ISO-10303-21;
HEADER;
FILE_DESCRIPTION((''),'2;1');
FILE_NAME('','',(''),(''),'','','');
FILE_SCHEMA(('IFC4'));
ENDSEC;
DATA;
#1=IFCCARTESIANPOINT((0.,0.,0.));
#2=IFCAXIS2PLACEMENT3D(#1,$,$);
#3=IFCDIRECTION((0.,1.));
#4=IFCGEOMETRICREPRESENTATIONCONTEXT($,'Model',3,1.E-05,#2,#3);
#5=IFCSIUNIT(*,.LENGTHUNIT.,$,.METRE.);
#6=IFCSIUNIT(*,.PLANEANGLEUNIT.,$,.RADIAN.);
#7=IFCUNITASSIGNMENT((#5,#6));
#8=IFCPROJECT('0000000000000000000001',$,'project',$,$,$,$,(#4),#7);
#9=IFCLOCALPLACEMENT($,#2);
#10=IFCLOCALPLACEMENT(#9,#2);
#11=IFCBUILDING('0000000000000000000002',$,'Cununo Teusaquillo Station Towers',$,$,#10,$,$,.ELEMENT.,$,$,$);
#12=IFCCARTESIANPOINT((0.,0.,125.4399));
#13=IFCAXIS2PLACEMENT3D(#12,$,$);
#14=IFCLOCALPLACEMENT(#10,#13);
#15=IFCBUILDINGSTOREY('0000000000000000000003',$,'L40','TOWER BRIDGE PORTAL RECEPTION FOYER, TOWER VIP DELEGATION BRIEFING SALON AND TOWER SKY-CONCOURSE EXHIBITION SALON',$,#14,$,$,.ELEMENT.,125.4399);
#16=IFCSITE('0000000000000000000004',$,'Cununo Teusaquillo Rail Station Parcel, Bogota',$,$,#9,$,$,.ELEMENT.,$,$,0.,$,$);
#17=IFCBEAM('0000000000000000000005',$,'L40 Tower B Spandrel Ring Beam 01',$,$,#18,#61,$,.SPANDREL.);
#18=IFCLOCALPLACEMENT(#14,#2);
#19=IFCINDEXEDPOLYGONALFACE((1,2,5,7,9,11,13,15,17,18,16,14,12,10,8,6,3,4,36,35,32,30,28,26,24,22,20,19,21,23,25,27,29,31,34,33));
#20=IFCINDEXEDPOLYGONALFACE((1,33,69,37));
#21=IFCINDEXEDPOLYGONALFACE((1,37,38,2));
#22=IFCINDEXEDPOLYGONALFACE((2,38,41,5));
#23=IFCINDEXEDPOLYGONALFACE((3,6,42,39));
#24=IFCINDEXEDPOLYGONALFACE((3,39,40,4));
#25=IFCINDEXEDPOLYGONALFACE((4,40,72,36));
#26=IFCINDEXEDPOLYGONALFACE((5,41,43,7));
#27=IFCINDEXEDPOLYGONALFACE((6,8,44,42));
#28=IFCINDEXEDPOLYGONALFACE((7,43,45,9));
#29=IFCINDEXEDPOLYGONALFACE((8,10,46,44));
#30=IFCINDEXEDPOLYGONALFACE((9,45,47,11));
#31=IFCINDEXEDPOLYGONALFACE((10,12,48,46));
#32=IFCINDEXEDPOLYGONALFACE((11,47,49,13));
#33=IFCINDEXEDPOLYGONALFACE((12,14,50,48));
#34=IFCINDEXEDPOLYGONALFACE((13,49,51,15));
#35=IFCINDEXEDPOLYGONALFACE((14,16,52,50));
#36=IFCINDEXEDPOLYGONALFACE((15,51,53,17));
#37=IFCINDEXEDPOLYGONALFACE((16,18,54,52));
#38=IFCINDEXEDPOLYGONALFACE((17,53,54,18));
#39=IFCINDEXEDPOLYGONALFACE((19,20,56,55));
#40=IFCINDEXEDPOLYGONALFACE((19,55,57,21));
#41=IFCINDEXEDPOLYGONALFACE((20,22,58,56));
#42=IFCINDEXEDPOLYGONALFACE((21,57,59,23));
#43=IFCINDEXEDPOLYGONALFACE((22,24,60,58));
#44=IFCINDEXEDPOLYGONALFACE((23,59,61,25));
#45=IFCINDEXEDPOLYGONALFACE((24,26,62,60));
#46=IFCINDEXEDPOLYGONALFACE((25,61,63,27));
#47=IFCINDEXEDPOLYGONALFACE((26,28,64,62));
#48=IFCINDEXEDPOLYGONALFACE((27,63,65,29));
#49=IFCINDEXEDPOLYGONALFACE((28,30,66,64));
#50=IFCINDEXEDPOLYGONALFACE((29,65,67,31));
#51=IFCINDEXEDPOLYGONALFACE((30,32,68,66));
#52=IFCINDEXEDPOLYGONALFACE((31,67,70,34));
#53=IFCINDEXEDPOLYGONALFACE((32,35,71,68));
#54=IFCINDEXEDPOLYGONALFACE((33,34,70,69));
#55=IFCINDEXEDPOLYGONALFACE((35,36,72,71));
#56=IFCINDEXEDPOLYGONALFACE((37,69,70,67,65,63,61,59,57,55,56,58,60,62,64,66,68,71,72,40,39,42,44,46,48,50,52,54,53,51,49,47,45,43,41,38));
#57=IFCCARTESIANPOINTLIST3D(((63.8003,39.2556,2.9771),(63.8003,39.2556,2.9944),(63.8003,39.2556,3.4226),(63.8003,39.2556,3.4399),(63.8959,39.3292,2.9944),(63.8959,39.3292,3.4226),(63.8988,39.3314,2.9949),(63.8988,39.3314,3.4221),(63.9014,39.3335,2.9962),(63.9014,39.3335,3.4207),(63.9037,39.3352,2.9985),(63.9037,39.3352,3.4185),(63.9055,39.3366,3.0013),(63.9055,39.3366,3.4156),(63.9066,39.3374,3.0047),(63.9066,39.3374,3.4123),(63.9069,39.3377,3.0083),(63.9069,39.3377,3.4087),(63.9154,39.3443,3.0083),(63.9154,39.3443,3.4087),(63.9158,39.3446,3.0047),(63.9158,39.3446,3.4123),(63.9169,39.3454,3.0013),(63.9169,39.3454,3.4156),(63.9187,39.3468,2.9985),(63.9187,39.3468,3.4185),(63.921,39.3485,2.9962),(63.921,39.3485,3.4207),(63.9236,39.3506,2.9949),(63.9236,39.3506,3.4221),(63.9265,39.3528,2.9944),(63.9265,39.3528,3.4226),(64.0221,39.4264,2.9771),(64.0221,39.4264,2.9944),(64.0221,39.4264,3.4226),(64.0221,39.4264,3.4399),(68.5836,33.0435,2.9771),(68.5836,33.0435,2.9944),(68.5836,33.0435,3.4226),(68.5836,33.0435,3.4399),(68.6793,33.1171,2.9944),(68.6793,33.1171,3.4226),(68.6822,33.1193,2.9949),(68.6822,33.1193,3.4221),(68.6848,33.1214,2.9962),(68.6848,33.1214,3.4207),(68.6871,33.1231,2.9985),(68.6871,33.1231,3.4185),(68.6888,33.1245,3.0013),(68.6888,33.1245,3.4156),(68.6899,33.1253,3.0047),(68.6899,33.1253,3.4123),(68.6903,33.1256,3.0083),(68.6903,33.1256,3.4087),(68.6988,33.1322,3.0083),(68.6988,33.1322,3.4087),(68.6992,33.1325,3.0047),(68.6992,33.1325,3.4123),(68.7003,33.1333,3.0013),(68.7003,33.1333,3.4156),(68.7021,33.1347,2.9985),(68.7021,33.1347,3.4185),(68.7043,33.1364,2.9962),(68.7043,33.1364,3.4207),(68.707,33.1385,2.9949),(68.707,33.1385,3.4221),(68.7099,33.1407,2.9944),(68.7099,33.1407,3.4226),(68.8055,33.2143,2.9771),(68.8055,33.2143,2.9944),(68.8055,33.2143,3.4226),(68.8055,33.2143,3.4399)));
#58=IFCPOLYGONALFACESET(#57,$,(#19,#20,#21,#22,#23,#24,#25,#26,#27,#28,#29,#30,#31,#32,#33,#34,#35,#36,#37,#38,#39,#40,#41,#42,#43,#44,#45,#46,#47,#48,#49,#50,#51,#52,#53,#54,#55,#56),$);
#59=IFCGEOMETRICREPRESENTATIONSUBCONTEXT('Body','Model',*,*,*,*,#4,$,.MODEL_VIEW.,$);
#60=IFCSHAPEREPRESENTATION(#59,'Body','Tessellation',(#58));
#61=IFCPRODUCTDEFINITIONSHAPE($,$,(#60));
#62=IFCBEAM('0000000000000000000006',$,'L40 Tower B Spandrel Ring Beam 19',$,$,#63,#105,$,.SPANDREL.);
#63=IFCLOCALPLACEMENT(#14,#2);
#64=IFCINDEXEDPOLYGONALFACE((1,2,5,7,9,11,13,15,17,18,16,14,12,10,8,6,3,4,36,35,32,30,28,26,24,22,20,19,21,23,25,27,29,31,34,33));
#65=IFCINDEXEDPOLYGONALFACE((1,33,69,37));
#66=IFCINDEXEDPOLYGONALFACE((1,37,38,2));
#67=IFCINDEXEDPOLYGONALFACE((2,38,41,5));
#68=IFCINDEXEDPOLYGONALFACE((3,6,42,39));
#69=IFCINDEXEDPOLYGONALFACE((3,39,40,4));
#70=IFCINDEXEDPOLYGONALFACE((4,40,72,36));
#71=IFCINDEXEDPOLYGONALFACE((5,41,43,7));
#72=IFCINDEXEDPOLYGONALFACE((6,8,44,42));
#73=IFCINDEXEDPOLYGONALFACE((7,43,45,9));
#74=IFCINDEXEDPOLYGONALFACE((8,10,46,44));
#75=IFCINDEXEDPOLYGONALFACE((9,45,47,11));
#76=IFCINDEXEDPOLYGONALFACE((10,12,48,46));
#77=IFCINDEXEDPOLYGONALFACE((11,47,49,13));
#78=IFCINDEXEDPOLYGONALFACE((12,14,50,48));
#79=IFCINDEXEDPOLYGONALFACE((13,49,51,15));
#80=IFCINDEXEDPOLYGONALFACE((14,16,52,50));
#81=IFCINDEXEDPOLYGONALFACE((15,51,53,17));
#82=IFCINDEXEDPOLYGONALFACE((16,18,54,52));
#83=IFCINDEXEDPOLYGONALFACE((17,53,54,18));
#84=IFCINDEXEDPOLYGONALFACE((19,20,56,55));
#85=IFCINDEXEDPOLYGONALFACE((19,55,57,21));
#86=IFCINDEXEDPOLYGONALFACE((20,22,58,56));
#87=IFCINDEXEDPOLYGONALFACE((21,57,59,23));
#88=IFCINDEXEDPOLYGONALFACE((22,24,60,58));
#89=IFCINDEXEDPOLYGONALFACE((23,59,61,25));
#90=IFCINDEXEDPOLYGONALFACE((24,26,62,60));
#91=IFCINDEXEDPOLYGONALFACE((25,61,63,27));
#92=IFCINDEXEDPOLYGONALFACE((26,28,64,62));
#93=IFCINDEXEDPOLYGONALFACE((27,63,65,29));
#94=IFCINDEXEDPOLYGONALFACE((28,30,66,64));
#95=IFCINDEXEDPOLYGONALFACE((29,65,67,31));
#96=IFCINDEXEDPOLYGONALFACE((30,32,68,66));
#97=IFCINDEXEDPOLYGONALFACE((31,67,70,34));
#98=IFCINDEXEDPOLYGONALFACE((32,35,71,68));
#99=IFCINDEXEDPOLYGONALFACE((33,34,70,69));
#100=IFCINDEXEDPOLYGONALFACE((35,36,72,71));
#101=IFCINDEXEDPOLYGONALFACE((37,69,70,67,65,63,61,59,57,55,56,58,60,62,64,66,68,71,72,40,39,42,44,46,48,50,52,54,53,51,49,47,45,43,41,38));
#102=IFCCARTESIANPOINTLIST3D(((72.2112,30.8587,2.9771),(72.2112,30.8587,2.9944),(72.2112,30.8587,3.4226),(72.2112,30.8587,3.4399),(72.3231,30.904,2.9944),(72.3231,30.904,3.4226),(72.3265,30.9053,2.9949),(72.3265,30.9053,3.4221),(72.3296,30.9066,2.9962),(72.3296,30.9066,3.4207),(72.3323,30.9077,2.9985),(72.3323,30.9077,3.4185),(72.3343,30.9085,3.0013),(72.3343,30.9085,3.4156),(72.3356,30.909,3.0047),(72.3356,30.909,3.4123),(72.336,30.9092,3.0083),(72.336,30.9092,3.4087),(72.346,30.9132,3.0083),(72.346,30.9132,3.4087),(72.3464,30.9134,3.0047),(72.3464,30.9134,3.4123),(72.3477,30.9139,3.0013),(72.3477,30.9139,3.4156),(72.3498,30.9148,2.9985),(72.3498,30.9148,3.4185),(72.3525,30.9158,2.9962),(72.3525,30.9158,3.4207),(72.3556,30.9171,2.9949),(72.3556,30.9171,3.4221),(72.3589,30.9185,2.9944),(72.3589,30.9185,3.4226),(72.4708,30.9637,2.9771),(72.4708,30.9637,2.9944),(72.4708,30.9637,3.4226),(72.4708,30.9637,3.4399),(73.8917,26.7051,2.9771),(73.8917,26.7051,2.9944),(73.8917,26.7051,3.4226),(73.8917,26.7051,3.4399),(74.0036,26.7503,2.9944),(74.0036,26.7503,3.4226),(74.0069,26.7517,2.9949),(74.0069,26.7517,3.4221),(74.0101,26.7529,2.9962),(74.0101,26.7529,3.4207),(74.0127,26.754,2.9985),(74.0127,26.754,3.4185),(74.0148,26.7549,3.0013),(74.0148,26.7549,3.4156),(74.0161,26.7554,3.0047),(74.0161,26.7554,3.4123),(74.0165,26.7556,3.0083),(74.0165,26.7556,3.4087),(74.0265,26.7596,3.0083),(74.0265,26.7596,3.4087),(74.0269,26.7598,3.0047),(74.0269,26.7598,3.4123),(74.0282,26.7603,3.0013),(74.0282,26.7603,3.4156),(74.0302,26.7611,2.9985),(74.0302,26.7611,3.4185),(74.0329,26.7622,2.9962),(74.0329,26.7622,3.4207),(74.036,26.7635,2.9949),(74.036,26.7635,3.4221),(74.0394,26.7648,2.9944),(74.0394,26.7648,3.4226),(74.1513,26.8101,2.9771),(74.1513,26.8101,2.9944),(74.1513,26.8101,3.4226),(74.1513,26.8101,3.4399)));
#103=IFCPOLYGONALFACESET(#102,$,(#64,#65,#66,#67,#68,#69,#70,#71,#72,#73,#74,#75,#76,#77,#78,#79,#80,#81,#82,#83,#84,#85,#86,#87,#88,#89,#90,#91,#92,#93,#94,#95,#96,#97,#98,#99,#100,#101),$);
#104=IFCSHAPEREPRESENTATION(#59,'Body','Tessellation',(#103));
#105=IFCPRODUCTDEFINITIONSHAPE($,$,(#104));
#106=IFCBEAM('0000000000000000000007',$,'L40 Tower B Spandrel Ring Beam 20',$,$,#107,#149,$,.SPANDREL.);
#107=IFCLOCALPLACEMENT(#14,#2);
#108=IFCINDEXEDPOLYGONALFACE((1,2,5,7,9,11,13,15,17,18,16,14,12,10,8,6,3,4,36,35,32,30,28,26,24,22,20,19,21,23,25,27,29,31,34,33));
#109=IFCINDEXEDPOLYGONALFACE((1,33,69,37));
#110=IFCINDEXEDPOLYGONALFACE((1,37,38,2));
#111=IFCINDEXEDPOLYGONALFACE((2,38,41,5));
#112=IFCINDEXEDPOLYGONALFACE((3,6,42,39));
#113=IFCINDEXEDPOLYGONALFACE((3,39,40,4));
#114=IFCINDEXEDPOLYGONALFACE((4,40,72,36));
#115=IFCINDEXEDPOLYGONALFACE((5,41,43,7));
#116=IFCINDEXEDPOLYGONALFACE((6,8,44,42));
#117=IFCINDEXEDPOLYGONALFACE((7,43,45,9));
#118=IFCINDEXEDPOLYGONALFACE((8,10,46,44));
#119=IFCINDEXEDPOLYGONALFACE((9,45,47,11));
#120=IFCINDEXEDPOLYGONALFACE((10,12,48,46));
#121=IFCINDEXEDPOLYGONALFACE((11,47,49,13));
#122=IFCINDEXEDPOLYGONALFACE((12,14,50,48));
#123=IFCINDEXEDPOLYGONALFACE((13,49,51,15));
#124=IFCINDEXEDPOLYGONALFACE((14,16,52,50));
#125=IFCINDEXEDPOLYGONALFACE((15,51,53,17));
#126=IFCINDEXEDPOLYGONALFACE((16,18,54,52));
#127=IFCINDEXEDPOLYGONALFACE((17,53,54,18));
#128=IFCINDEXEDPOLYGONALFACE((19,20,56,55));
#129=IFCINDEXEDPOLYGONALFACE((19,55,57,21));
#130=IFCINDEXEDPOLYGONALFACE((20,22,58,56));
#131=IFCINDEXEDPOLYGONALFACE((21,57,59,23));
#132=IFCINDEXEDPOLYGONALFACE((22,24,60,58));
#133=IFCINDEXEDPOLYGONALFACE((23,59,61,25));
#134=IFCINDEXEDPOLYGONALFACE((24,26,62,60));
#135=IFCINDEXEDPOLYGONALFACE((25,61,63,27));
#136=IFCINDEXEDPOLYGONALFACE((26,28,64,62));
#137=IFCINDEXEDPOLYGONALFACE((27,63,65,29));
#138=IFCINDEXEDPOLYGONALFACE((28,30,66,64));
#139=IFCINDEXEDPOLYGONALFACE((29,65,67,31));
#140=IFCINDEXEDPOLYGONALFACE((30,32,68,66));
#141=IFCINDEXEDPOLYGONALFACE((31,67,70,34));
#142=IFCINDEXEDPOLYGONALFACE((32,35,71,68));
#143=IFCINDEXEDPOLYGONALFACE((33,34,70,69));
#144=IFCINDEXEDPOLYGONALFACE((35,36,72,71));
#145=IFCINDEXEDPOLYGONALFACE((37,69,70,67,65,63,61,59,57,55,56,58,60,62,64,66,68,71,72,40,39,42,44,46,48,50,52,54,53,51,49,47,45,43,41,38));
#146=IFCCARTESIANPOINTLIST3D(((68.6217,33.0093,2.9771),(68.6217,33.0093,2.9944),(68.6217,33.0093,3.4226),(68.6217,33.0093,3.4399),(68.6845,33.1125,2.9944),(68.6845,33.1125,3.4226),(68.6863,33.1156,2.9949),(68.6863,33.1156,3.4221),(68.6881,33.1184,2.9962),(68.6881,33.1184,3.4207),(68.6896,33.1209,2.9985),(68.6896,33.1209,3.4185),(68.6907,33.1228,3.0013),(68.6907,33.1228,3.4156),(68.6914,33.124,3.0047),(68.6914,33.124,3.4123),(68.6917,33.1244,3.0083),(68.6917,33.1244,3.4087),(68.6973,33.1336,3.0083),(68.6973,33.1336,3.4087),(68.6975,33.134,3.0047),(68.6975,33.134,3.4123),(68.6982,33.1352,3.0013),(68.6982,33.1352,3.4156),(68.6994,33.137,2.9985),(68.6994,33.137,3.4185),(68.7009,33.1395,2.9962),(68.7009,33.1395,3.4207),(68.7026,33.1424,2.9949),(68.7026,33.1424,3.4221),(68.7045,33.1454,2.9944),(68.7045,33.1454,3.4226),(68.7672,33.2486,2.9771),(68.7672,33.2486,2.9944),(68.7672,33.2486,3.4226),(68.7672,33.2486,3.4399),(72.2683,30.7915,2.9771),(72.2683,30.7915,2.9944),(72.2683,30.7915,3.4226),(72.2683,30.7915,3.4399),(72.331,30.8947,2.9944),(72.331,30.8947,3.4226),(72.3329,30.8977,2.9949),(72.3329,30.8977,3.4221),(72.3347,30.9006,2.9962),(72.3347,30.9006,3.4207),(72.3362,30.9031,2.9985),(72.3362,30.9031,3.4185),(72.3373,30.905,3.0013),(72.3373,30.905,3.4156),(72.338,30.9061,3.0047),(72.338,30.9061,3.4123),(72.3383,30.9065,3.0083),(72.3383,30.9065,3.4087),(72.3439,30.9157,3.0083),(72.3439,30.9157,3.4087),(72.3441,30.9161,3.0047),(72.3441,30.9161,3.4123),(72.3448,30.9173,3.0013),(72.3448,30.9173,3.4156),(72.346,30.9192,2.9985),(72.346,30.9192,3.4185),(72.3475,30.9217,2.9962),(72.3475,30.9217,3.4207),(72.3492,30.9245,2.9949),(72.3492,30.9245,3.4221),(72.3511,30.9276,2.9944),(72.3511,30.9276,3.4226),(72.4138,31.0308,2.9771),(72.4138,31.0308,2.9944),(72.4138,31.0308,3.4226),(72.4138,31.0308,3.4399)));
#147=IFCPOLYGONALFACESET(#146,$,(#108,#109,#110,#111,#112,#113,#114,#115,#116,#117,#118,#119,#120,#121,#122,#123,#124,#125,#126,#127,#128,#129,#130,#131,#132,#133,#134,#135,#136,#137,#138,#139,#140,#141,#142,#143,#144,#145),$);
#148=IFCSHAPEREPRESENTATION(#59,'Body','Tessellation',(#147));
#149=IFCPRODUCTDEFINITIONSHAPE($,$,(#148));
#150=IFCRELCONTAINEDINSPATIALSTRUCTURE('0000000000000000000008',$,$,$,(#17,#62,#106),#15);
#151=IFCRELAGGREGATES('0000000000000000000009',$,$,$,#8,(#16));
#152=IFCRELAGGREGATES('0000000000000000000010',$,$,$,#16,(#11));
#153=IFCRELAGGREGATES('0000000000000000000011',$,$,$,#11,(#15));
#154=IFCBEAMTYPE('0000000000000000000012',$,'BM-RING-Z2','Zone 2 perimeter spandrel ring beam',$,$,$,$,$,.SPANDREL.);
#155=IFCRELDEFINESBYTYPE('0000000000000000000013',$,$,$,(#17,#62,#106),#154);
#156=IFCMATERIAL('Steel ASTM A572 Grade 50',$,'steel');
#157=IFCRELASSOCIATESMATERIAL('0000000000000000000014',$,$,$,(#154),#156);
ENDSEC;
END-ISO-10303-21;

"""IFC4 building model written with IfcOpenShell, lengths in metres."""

from ifc_helpers import new_model, si_unit, direction, frame, origin, origin_2d, place, context, subcontext, project, spatial, i_section, extrude, material, material_profile, profile_set, type_object, element, save


model = new_model("IFC4")

# Units and contexts
model_context = context("Model", 3, precision=1e-05, world=origin(), true_north=direction((0.0, 1.0)))
body_context = subcontext(model_context, "Body", "Model", "MODEL_VIEW")
ifc_project = project(units=[si_unit("LENGTHUNIT", "METRE"), si_unit("PLANEANGLEUNIT", "RADIAN")], contexts=[model_context])

# Site, building, storey
site_placement = place(None, origin())
site = spatial("IfcSite", under=ifc_project, at=site_placement, Name="Cununo Teusaquillo Rail Station Parcel, Bogota", CompositionType="ELEMENT", RefElevation=0.0)
building_placement = place(site_placement, origin())
building = spatial("IfcBuilding", under=site, at=building_placement, Name="Cununo Teusaquillo Station Towers", CompositionType="ELEMENT")
storey_placement = place(building_placement, frame((0.0, 0.0, 125.4399)))
storey = spatial("IfcBuildingStorey", under=building, at=storey_placement, Name="L40", Description="TOWER BRIDGE PORTAL RECEPTION FOYER, TOWER VIP DELEGATION BRIEFING SALON AND TOWER SKY-CONCOURSE EXHIBITION SALON", CompositionType="ELEMENT", Elevation=125.4399)

# Beams
ifc_material_1 = material(Name="Steel ASTM A572 Grade 50", Category="steel")
ifc_material_profile_1 = material_profile(ifc_material_1, i_section(OverallWidth=0.28, OverallDepth=0.4629, WebThickness=0.0107, FlangeThickness=0.0173, FilletRadius=0.0139, at=origin_2d()), Name="W18X76")
ifc_profile_set_1 = profile_set([ifc_material_profile_1], Name="Steel ASTM A572 Grade 50")
beam_type = type_object("IfcBeamType", Name="BM-RING-Z2", Description="Zone 2 perimeter spandrel ring beam", PredefinedType="SPANDREL", material=ifc_profile_set_1)
beam_1_placement = place(storey_placement, frame((68.6946, 33.1289, 3.2085), z_axis=(-0.6101, 0.792324, 0.0), x_axis=(-0.792324, -0.6101, 0.0)))
element("IfcBeam", 1, at=beam_1_placement, inside=storey, type_object=beam_type, Name="L40 Tower B Spandrel Ring Beam 01", PredefinedType="SPANDREL", context=body_context, shape_type="SweptSolid", body=[
    extrude(i_section(OverallWidth=0.28, OverallDepth=0.4629, WebThickness=0.0107, FlangeThickness=0.0173, FilletRadius=0.0139, at=origin_2d()), origin(), (0.0, 0.0, 1.0), 7.8403),
])
beam_2_placement = place(storey_placement, frame((74.0215, 26.7576, 3.2085), z_axis=(-0.375042, 0.927008, 0.0), x_axis=(-0.927008, -0.375042, 0.0)))
element("IfcBeam", 2, at=beam_2_placement, inside=storey, type_object=beam_type, Name="L40 Tower B Spandrel Ring Beam 19", PredefinedType="SPANDREL", context=body_context, shape_type="SweptSolid", body=[
    extrude(i_section(OverallWidth=0.28, OverallDepth=0.4629, WebThickness=0.0107, FlangeThickness=0.0173, FilletRadius=0.0139, at=origin_2d()), origin(), (0.0, 0.0, 1.0), 4.4807),
])
beam_3_placement = place(storey_placement, frame((72.3411, 30.9111, 3.2085), z_axis=(-0.854388, 0.519635, 0.0), x_axis=(-0.519635, -0.854388, 0.0)))
element("IfcBeam", 3, at=beam_3_placement, inside=storey, type_object=beam_type, Name="L40 Tower B Spandrel Ring Beam 20", PredefinedType="SPANDREL", context=body_context, shape_type="SweptSolid", body=[
    extrude(i_section(OverallWidth=0.28, OverallDepth=0.4629, WebThickness=0.0107, FlangeThickness=0.0173, FilletRadius=0.0139, at=origin_2d()), origin(), (0.0, 0.0, 1.0), 4.2681),
])

save(model, "model.ifc")
